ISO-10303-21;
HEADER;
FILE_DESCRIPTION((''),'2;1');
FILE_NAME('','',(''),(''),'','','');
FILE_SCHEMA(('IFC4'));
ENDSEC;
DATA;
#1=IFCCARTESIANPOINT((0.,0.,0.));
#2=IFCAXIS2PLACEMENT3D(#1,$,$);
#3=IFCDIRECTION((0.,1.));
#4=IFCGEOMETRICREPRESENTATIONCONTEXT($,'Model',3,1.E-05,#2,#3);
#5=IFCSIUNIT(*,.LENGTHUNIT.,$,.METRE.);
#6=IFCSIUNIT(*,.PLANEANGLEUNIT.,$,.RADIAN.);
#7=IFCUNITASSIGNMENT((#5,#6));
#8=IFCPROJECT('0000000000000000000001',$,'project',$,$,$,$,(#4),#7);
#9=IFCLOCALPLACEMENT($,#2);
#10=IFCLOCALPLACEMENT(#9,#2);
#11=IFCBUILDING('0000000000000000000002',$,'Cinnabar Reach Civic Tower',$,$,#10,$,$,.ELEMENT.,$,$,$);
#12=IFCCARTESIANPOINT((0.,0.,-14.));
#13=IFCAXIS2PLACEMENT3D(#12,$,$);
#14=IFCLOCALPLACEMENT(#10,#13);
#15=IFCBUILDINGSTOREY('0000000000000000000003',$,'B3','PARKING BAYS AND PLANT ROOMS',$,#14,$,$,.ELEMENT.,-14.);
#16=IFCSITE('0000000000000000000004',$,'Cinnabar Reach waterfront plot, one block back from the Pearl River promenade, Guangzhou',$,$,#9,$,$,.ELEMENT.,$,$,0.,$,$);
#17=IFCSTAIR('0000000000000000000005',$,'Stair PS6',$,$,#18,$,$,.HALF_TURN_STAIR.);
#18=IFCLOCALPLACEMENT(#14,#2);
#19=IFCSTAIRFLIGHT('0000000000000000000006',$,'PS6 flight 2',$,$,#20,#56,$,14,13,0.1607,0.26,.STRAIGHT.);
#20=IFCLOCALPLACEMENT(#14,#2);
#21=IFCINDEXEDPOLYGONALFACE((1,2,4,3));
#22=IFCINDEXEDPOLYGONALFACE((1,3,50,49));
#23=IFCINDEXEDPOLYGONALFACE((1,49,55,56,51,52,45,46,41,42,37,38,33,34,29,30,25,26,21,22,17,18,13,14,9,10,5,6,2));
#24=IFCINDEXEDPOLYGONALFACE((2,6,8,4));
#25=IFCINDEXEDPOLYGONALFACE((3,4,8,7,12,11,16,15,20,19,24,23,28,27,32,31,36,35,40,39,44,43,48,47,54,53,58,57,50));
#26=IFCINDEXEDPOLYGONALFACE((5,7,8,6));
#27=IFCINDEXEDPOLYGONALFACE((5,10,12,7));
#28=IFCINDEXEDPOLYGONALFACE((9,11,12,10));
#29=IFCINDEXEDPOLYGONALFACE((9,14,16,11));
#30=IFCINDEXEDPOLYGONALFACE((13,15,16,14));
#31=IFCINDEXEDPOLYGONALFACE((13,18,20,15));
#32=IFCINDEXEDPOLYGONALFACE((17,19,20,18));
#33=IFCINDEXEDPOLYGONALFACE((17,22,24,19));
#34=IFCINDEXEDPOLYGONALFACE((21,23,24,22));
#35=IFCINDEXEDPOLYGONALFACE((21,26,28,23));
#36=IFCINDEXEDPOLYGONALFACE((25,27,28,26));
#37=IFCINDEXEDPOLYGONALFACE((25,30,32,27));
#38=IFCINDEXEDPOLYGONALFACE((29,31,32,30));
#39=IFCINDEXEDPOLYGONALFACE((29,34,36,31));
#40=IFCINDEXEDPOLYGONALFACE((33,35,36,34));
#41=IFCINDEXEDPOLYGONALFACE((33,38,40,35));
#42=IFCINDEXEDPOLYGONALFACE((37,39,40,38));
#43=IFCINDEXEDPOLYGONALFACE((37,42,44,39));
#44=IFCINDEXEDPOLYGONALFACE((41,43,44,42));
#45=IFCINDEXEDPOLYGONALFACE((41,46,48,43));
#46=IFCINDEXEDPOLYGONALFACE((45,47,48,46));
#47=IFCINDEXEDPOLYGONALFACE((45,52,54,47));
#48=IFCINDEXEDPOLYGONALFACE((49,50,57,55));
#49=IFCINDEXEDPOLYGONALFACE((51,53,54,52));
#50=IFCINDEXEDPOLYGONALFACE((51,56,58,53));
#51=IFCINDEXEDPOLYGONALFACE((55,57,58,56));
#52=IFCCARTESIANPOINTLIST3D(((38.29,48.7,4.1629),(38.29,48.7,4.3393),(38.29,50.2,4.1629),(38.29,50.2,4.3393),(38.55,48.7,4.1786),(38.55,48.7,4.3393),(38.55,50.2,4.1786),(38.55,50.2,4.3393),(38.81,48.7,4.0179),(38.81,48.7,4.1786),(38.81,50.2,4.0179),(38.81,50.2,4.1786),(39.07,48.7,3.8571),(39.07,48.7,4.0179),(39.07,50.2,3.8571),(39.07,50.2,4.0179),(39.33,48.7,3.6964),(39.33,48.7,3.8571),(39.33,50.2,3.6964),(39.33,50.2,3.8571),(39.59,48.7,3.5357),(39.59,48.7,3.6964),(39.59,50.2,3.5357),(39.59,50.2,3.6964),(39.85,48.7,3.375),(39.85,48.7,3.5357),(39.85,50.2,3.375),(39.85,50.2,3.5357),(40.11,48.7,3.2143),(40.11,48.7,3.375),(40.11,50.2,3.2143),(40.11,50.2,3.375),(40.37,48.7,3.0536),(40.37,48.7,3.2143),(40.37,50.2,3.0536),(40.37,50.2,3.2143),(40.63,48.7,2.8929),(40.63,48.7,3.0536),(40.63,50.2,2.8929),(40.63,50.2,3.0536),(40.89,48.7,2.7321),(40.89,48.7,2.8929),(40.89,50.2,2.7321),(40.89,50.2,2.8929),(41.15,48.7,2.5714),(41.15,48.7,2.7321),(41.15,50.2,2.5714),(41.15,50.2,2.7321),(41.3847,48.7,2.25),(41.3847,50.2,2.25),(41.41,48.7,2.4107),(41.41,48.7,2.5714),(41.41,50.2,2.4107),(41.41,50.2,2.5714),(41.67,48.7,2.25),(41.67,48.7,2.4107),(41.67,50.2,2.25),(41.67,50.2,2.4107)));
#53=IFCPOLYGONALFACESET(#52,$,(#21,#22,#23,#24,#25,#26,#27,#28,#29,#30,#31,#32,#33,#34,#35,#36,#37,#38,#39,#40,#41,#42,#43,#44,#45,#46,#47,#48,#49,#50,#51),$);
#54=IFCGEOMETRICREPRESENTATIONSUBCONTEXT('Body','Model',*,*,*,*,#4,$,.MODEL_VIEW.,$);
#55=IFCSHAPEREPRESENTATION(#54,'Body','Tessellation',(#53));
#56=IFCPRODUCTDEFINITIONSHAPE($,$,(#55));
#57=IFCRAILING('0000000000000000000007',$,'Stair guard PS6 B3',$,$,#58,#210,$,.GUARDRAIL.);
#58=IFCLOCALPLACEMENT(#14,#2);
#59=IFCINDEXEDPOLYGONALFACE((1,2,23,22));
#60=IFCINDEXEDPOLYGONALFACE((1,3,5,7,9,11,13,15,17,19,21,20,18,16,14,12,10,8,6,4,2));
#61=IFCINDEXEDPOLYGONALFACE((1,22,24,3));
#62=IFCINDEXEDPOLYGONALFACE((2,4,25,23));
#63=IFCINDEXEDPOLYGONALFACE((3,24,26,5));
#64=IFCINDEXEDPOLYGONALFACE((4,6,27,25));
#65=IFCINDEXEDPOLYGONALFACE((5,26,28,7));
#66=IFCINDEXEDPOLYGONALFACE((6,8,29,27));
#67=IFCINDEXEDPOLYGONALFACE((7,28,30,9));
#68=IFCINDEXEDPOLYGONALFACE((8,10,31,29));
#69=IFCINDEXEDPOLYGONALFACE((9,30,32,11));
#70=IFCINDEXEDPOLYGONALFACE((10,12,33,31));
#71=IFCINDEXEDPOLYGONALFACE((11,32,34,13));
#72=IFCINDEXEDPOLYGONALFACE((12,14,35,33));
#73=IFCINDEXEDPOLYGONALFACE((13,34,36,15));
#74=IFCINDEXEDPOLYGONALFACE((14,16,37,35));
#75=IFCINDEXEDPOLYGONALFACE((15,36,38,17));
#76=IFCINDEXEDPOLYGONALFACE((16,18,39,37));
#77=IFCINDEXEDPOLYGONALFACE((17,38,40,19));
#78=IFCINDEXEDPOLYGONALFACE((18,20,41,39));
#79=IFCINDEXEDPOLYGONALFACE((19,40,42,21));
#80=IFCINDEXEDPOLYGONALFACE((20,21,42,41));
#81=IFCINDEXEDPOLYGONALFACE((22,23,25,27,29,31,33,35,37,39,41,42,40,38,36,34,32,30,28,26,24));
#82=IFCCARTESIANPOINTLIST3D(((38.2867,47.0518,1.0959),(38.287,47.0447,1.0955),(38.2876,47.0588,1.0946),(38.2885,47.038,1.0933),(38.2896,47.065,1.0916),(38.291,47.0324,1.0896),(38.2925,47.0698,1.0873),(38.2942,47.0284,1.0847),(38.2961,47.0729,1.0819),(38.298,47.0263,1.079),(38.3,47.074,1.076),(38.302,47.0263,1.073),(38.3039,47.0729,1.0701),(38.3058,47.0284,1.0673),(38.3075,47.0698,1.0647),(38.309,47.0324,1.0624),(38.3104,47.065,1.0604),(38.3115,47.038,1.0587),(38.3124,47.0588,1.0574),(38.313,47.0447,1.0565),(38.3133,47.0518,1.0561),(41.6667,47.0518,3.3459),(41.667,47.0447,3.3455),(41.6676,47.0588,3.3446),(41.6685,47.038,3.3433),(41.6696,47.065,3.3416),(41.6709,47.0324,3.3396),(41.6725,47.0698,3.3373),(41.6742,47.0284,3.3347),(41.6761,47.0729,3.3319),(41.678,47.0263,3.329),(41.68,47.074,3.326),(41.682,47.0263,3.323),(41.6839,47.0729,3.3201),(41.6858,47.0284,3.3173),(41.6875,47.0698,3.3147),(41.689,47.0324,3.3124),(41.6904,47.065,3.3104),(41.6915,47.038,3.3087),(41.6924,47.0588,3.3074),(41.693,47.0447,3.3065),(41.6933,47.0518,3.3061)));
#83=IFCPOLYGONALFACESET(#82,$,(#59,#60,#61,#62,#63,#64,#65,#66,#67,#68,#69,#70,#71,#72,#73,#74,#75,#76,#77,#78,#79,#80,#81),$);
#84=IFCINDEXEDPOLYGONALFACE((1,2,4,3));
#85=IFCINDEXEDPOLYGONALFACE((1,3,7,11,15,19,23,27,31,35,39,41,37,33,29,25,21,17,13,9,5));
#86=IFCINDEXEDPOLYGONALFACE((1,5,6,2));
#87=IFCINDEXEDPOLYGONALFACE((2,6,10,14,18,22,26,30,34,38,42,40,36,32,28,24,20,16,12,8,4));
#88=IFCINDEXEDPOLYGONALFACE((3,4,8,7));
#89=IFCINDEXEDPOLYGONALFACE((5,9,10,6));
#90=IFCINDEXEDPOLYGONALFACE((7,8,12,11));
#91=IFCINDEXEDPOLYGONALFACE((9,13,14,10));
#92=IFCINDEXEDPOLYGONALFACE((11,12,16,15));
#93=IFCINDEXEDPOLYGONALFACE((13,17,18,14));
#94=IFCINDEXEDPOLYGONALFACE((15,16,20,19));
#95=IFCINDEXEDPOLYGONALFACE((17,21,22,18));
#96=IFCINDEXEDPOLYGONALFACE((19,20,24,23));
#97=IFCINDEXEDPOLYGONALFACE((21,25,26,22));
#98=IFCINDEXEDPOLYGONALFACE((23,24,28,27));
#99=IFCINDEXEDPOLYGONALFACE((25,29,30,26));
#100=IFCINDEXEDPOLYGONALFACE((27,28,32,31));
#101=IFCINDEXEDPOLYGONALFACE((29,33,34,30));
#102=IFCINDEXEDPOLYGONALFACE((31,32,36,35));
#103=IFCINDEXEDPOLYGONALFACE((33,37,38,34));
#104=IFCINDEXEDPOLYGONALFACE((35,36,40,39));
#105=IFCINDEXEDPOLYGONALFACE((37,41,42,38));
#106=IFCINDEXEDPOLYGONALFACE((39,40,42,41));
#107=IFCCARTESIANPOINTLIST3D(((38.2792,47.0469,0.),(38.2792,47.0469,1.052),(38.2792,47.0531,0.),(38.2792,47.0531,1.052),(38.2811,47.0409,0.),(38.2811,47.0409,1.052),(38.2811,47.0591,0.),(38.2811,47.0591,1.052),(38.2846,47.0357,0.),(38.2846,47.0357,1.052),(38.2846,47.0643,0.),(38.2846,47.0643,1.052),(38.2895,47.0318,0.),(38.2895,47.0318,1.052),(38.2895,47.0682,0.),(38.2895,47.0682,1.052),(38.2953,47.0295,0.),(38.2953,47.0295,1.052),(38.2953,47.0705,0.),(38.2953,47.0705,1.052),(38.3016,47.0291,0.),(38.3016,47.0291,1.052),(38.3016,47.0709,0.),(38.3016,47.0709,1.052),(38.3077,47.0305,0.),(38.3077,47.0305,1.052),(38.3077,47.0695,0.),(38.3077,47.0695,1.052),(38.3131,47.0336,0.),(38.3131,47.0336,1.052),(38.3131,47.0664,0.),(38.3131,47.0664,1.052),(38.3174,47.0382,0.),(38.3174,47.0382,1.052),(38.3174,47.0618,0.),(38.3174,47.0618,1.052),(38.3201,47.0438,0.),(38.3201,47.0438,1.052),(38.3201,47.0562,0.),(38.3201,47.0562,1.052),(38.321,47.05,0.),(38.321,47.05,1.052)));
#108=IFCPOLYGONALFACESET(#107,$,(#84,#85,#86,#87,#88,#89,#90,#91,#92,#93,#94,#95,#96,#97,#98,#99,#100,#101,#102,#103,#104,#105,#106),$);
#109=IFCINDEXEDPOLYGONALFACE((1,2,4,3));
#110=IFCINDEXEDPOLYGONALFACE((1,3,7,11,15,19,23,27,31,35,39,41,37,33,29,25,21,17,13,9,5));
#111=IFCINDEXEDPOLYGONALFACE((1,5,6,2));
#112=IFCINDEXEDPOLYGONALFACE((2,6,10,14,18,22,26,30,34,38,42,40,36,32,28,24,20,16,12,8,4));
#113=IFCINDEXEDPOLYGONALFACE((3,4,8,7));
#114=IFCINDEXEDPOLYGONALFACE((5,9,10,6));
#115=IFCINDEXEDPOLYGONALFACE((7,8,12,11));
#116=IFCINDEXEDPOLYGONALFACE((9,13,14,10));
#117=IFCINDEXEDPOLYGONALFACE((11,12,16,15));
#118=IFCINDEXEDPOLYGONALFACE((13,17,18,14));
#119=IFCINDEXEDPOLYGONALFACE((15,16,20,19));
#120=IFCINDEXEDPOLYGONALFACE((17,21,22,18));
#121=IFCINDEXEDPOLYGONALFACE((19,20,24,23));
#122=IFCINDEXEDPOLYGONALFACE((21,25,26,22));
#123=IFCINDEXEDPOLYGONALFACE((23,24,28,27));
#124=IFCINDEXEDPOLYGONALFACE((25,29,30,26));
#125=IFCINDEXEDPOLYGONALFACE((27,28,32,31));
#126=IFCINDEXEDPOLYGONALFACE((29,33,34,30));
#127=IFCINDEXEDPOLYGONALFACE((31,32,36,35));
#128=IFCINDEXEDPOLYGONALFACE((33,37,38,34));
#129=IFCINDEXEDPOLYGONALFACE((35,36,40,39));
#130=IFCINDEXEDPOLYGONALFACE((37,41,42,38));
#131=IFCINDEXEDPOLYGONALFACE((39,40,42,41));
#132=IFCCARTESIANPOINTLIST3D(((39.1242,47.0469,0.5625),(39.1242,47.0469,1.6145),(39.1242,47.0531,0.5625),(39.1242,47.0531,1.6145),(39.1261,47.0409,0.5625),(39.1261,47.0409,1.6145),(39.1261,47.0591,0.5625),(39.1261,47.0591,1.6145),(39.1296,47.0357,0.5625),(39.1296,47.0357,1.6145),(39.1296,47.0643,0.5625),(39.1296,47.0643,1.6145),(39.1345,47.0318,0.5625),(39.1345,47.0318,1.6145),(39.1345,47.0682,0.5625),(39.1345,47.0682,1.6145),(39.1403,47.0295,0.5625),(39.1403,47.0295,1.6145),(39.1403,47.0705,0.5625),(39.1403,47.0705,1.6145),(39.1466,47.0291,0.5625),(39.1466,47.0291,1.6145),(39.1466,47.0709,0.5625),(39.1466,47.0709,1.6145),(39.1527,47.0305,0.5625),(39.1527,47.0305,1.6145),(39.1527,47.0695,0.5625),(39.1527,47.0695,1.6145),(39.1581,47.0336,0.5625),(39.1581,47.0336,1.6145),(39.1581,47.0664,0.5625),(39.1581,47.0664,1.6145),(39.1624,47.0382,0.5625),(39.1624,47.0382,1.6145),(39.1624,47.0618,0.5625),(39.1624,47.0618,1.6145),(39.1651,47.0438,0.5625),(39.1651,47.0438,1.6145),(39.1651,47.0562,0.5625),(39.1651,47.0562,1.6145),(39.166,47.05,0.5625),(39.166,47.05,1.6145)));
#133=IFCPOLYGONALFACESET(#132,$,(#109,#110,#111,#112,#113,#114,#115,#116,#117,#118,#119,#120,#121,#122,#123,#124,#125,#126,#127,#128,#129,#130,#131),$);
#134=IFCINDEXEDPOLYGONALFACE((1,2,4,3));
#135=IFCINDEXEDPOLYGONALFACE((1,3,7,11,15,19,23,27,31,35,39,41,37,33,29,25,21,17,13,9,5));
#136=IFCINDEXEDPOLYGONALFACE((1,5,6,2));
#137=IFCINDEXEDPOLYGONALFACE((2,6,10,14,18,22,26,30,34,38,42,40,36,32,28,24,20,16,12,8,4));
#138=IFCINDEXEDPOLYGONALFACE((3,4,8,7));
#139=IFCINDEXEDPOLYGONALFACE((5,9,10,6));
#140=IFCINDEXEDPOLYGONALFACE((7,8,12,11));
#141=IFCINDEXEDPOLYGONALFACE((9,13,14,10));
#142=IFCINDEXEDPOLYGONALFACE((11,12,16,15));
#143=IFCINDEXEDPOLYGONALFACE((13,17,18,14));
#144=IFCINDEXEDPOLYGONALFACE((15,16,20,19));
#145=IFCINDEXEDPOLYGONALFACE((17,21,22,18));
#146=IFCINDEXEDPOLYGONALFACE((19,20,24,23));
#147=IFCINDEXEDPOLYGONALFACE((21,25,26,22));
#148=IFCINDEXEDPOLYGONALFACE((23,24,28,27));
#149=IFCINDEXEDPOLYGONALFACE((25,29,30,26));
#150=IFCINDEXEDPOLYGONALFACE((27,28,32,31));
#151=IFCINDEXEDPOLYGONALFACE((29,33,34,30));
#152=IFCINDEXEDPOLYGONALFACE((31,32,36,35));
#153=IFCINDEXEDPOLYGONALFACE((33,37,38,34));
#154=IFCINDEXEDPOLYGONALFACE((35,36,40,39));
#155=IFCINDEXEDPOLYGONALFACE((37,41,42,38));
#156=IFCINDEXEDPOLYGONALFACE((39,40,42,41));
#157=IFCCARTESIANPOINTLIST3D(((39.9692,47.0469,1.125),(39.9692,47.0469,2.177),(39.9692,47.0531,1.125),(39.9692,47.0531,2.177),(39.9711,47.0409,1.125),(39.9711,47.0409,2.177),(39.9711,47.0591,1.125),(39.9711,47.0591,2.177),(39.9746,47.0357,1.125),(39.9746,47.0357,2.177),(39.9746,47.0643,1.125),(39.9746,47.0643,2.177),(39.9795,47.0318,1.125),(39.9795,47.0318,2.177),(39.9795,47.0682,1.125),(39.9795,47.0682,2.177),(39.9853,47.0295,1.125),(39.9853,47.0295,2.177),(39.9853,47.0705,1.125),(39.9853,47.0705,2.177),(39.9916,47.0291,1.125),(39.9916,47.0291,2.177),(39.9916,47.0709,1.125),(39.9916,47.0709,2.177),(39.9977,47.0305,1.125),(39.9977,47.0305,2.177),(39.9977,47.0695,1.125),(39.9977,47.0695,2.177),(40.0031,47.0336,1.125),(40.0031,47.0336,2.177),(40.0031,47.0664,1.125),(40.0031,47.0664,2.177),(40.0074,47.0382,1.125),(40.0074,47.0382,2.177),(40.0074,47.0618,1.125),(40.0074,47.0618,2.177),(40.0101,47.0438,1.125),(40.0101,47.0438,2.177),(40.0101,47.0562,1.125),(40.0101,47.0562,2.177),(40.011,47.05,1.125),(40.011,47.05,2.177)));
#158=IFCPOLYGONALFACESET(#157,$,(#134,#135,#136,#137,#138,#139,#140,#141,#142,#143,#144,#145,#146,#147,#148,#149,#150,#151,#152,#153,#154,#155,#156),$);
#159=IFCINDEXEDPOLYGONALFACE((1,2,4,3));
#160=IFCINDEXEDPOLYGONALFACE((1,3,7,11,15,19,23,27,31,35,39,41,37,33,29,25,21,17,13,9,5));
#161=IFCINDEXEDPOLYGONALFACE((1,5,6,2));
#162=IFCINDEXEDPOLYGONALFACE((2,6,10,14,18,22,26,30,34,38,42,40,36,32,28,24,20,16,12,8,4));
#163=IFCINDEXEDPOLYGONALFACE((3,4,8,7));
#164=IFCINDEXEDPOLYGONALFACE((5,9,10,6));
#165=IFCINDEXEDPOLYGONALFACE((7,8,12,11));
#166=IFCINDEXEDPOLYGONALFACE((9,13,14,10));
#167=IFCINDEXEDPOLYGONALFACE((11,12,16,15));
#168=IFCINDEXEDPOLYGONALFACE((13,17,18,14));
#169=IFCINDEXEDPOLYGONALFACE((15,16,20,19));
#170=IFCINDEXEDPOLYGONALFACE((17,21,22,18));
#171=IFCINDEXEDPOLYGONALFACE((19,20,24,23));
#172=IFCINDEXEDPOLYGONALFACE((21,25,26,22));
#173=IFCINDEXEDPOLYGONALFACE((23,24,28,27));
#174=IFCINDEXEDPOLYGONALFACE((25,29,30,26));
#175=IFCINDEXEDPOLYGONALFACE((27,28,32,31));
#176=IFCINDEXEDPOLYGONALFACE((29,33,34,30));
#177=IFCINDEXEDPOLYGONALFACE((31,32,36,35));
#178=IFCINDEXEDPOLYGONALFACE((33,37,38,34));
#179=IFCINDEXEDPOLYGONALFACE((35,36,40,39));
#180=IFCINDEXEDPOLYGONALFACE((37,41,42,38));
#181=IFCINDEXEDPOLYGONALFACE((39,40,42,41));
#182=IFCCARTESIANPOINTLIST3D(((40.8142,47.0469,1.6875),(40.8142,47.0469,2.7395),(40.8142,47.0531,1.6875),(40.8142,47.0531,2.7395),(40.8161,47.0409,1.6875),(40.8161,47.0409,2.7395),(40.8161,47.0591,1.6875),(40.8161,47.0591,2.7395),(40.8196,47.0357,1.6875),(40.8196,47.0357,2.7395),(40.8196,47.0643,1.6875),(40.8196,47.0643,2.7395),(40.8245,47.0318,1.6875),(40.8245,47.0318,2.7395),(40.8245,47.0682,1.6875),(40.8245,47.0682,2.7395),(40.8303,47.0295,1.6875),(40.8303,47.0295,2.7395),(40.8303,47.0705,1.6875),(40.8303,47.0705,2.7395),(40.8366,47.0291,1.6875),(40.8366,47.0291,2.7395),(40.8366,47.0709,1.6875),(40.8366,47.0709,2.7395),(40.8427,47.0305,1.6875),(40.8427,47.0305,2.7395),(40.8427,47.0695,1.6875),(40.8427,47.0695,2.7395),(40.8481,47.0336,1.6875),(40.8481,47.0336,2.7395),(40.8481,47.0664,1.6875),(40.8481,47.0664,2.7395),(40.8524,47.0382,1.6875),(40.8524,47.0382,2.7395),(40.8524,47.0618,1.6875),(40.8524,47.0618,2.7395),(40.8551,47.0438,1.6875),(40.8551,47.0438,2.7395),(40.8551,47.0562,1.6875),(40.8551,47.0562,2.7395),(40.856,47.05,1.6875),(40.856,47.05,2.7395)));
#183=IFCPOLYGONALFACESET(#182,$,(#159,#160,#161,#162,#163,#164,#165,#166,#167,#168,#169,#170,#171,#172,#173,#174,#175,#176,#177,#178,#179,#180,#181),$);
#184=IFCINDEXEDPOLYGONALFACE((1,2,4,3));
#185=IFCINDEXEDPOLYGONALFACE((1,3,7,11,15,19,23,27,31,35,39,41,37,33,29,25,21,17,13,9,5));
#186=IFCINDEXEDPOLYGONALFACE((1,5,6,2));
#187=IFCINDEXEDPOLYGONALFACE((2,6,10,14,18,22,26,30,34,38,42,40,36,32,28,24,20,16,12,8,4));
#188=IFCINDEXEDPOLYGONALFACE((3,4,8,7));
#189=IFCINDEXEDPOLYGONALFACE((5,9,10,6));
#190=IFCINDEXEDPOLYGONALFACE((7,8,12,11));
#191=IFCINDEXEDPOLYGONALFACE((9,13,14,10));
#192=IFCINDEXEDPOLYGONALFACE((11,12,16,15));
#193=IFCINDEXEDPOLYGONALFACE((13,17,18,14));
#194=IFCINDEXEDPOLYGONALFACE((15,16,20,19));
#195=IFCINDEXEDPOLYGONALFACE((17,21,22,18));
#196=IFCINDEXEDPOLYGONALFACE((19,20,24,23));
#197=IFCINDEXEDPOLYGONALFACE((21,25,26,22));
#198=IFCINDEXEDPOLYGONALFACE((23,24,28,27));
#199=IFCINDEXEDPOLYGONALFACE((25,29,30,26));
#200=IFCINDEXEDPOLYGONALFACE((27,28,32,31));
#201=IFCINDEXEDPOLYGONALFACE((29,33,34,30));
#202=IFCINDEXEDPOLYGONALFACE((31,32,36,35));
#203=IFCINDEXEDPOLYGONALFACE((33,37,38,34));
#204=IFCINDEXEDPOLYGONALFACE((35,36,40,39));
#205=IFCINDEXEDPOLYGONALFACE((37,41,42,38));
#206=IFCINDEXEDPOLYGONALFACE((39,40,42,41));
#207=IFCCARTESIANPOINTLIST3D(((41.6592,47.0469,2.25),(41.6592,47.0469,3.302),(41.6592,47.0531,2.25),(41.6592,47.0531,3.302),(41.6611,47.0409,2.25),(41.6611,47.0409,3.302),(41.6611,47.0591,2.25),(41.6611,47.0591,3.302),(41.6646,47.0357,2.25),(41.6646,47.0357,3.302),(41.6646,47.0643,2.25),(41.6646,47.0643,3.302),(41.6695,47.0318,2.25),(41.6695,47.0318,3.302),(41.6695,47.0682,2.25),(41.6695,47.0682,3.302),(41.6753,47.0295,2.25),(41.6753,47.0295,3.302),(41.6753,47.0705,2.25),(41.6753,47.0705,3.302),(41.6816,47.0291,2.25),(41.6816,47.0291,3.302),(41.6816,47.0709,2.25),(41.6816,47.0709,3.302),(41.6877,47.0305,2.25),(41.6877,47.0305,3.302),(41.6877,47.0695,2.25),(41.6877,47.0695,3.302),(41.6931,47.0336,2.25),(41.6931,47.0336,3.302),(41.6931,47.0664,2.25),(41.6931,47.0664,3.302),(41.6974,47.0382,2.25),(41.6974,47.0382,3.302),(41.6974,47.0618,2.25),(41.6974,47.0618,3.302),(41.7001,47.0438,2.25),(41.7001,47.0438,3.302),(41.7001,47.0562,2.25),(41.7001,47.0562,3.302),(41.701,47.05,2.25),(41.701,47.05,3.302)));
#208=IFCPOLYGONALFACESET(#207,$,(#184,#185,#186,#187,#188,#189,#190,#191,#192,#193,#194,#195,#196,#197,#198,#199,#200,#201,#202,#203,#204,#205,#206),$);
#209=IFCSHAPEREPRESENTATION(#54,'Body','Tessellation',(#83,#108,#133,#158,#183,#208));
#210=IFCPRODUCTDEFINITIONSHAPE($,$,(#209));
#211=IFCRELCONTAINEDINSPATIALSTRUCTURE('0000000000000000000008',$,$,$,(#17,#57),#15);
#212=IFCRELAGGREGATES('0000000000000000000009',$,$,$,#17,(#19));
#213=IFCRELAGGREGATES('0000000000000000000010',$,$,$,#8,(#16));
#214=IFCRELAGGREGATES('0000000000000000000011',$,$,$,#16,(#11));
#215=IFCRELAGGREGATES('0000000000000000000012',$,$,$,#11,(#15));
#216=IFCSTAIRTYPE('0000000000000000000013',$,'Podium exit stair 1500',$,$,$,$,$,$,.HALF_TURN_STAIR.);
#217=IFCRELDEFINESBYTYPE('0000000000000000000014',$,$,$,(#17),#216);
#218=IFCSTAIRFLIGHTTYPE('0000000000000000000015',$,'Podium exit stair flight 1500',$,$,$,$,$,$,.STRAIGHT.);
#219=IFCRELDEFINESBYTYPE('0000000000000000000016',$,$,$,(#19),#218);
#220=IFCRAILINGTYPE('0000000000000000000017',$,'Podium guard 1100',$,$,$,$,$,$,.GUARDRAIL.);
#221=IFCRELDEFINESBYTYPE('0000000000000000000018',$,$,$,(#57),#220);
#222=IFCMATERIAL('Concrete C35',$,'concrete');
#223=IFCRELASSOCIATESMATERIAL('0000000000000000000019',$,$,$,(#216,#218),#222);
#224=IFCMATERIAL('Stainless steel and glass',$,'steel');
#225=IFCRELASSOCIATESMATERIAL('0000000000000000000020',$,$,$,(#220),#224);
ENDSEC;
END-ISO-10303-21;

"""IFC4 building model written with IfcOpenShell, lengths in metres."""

from ifc_helpers import new_model, si_unit, direction, frame, origin, origin_2d, place, context, subcontext, project, spatial, polyline, circle, outline, extrude, material, type_object, element, aggregate, save


model = new_model("IFC4")

# Units and contexts
model_context = context("Model", 3, precision=1e-05, world=origin(), true_north=direction((0.0, 1.0)))
body_context = subcontext(model_context, "Body", "Model", "MODEL_VIEW")
ifc_project = project(units=[si_unit("LENGTHUNIT", "METRE"), si_unit("PLANEANGLEUNIT", "RADIAN")], contexts=[model_context])

# Site, building, storey
site_placement = place(None, origin())
site = spatial("IfcSite", under=ifc_project, at=site_placement, Name="Cinnabar Reach waterfront plot, one block back from the Pearl River promenade, Guangzhou", CompositionType="ELEMENT", RefElevation=0.0)
building_placement = place(site_placement, origin())
building = spatial("IfcBuilding", under=site, at=building_placement, Name="Cinnabar Reach Civic Tower", CompositionType="ELEMENT")
storey_placement = place(building_placement, frame((0.0, 0.0, -14.0)))
storey = spatial("IfcBuildingStorey", under=building, at=storey_placement, Name="B3", Description="PARKING BAYS AND PLANT ROOMS", CompositionType="ELEMENT", Elevation=-14.0)

# Stair, stair flight
ifc_material_1 = material(Name="Concrete C35", Category="concrete")
stair_type = type_object("IfcStairType", Name="Podium exit stair 1500", PredefinedType="HALF_TURN_STAIR", material=ifc_material_1)
stair_placement = place(storey_placement, origin())
stair = element("IfcStair", 1, at=stair_placement, inside=storey, type_object=stair_type, Name="Stair PS6", PredefinedType="HALF_TURN_STAIR")
stair_flight_type = type_object("IfcStairFlightType", Name="Podium exit stair flight 1500", PredefinedType="STRAIGHT", material=ifc_material_1)
stair_flight_1_placement = place(storey_placement, frame((41.67, 49.45, 2.25), z_axis=(0.0, 0.0, 1.0), x_axis=(-1.0, 0.0, 0.0)))
stair_flight_1 = element("IfcStairFlight", 2, at=stair_flight_1_placement, type_object=stair_flight_type, Name="PS6 flight 2", NumberOfRisers=14, NumberOfTreads=13, PredefinedType="STRAIGHT", RiserHeight=0.1607, TreadLength=0.26, context=body_context, shape_type="SweptSolid", body=[
    extrude(outline(polyline([(0.0, 0.0), (0.0, 0.1607), (0.26, 0.1607), (0.26, 0.3214), (0.52, 0.3214), (0.52, 0.4821), (0.78, 0.4821), (0.78, 0.6429), (1.04, 0.6429), (1.04, 0.8036), (1.3, 0.8036), (1.3, 0.9643), (1.56, 0.9643), (1.56, 1.125), (1.82, 1.125), (1.82, 1.2857), (2.08, 1.2857), (2.08, 1.4464), (2.34, 1.4464), (2.34, 1.6071), (2.6, 1.6071), (2.6, 1.7679), (2.86, 1.7679), (2.86, 1.9286), (3.12, 1.9286), (3.12, 2.0893), (3.38, 2.0893), (3.38, 2.25), (3.38, 1.9129), (0.2853, 0.0), (0.0, 0.0)])), frame((0.0, 0.75, 0.0), z_axis=(0.0, -1.0, 0.0), x_axis=(1.0, 0.0, 0.0)), (0.0, 0.0, 1.0), 1.5),
])
aggregate(stair, [stair_flight_1])

# Railing
ifc_material_2 = material(Name="Stainless steel and glass", Category="steel")
railing_type_1 = type_object("IfcRailingType", Name="Podium guard 1100", PredefinedType="GUARDRAIL", material=ifc_material_2)
railing_1_placement = place(storey_placement, frame((38.3, 47.05, 0.0)))
element("IfcRailing", 3, at=railing_1_placement, inside=storey, type_object=railing_type_1, Name="Stair guard PS6 B3", PredefinedType="GUARDRAIL", context=body_context, shape_type="SweptSolid", body=[
    extrude(circle(Radius=0.024, at=origin_2d()), frame((0.0, 0.0, 1.076), z_axis=(0.832429, 0.0, 0.554132), x_axis=(0.0, 1.0, 0.0)), (0.0, 0.0, 1.0), 4.0604),
    extrude(circle(Radius=0.021, at=origin_2d()), origin(), (0.0, 0.0, 1.0), 1.052),
    extrude(circle(Radius=0.021, at=origin_2d()), frame((0.845, 0.0, 0.5625)), (0.0, 0.0, 1.0), 1.052),
    extrude(circle(Radius=0.021, at=origin_2d()), frame((1.69, 0.0, 1.125)), (0.0, 0.0, 1.0), 1.052),
    extrude(circle(Radius=0.021, at=origin_2d()), frame((2.535, 0.0, 1.6875)), (0.0, 0.0, 1.0), 1.052),
    extrude(circle(Radius=0.021, at=origin_2d()), frame((3.38, 0.0, 2.25)), (0.0, 0.0, 1.0), 1.052),
])

save(model, "model.ifc")
